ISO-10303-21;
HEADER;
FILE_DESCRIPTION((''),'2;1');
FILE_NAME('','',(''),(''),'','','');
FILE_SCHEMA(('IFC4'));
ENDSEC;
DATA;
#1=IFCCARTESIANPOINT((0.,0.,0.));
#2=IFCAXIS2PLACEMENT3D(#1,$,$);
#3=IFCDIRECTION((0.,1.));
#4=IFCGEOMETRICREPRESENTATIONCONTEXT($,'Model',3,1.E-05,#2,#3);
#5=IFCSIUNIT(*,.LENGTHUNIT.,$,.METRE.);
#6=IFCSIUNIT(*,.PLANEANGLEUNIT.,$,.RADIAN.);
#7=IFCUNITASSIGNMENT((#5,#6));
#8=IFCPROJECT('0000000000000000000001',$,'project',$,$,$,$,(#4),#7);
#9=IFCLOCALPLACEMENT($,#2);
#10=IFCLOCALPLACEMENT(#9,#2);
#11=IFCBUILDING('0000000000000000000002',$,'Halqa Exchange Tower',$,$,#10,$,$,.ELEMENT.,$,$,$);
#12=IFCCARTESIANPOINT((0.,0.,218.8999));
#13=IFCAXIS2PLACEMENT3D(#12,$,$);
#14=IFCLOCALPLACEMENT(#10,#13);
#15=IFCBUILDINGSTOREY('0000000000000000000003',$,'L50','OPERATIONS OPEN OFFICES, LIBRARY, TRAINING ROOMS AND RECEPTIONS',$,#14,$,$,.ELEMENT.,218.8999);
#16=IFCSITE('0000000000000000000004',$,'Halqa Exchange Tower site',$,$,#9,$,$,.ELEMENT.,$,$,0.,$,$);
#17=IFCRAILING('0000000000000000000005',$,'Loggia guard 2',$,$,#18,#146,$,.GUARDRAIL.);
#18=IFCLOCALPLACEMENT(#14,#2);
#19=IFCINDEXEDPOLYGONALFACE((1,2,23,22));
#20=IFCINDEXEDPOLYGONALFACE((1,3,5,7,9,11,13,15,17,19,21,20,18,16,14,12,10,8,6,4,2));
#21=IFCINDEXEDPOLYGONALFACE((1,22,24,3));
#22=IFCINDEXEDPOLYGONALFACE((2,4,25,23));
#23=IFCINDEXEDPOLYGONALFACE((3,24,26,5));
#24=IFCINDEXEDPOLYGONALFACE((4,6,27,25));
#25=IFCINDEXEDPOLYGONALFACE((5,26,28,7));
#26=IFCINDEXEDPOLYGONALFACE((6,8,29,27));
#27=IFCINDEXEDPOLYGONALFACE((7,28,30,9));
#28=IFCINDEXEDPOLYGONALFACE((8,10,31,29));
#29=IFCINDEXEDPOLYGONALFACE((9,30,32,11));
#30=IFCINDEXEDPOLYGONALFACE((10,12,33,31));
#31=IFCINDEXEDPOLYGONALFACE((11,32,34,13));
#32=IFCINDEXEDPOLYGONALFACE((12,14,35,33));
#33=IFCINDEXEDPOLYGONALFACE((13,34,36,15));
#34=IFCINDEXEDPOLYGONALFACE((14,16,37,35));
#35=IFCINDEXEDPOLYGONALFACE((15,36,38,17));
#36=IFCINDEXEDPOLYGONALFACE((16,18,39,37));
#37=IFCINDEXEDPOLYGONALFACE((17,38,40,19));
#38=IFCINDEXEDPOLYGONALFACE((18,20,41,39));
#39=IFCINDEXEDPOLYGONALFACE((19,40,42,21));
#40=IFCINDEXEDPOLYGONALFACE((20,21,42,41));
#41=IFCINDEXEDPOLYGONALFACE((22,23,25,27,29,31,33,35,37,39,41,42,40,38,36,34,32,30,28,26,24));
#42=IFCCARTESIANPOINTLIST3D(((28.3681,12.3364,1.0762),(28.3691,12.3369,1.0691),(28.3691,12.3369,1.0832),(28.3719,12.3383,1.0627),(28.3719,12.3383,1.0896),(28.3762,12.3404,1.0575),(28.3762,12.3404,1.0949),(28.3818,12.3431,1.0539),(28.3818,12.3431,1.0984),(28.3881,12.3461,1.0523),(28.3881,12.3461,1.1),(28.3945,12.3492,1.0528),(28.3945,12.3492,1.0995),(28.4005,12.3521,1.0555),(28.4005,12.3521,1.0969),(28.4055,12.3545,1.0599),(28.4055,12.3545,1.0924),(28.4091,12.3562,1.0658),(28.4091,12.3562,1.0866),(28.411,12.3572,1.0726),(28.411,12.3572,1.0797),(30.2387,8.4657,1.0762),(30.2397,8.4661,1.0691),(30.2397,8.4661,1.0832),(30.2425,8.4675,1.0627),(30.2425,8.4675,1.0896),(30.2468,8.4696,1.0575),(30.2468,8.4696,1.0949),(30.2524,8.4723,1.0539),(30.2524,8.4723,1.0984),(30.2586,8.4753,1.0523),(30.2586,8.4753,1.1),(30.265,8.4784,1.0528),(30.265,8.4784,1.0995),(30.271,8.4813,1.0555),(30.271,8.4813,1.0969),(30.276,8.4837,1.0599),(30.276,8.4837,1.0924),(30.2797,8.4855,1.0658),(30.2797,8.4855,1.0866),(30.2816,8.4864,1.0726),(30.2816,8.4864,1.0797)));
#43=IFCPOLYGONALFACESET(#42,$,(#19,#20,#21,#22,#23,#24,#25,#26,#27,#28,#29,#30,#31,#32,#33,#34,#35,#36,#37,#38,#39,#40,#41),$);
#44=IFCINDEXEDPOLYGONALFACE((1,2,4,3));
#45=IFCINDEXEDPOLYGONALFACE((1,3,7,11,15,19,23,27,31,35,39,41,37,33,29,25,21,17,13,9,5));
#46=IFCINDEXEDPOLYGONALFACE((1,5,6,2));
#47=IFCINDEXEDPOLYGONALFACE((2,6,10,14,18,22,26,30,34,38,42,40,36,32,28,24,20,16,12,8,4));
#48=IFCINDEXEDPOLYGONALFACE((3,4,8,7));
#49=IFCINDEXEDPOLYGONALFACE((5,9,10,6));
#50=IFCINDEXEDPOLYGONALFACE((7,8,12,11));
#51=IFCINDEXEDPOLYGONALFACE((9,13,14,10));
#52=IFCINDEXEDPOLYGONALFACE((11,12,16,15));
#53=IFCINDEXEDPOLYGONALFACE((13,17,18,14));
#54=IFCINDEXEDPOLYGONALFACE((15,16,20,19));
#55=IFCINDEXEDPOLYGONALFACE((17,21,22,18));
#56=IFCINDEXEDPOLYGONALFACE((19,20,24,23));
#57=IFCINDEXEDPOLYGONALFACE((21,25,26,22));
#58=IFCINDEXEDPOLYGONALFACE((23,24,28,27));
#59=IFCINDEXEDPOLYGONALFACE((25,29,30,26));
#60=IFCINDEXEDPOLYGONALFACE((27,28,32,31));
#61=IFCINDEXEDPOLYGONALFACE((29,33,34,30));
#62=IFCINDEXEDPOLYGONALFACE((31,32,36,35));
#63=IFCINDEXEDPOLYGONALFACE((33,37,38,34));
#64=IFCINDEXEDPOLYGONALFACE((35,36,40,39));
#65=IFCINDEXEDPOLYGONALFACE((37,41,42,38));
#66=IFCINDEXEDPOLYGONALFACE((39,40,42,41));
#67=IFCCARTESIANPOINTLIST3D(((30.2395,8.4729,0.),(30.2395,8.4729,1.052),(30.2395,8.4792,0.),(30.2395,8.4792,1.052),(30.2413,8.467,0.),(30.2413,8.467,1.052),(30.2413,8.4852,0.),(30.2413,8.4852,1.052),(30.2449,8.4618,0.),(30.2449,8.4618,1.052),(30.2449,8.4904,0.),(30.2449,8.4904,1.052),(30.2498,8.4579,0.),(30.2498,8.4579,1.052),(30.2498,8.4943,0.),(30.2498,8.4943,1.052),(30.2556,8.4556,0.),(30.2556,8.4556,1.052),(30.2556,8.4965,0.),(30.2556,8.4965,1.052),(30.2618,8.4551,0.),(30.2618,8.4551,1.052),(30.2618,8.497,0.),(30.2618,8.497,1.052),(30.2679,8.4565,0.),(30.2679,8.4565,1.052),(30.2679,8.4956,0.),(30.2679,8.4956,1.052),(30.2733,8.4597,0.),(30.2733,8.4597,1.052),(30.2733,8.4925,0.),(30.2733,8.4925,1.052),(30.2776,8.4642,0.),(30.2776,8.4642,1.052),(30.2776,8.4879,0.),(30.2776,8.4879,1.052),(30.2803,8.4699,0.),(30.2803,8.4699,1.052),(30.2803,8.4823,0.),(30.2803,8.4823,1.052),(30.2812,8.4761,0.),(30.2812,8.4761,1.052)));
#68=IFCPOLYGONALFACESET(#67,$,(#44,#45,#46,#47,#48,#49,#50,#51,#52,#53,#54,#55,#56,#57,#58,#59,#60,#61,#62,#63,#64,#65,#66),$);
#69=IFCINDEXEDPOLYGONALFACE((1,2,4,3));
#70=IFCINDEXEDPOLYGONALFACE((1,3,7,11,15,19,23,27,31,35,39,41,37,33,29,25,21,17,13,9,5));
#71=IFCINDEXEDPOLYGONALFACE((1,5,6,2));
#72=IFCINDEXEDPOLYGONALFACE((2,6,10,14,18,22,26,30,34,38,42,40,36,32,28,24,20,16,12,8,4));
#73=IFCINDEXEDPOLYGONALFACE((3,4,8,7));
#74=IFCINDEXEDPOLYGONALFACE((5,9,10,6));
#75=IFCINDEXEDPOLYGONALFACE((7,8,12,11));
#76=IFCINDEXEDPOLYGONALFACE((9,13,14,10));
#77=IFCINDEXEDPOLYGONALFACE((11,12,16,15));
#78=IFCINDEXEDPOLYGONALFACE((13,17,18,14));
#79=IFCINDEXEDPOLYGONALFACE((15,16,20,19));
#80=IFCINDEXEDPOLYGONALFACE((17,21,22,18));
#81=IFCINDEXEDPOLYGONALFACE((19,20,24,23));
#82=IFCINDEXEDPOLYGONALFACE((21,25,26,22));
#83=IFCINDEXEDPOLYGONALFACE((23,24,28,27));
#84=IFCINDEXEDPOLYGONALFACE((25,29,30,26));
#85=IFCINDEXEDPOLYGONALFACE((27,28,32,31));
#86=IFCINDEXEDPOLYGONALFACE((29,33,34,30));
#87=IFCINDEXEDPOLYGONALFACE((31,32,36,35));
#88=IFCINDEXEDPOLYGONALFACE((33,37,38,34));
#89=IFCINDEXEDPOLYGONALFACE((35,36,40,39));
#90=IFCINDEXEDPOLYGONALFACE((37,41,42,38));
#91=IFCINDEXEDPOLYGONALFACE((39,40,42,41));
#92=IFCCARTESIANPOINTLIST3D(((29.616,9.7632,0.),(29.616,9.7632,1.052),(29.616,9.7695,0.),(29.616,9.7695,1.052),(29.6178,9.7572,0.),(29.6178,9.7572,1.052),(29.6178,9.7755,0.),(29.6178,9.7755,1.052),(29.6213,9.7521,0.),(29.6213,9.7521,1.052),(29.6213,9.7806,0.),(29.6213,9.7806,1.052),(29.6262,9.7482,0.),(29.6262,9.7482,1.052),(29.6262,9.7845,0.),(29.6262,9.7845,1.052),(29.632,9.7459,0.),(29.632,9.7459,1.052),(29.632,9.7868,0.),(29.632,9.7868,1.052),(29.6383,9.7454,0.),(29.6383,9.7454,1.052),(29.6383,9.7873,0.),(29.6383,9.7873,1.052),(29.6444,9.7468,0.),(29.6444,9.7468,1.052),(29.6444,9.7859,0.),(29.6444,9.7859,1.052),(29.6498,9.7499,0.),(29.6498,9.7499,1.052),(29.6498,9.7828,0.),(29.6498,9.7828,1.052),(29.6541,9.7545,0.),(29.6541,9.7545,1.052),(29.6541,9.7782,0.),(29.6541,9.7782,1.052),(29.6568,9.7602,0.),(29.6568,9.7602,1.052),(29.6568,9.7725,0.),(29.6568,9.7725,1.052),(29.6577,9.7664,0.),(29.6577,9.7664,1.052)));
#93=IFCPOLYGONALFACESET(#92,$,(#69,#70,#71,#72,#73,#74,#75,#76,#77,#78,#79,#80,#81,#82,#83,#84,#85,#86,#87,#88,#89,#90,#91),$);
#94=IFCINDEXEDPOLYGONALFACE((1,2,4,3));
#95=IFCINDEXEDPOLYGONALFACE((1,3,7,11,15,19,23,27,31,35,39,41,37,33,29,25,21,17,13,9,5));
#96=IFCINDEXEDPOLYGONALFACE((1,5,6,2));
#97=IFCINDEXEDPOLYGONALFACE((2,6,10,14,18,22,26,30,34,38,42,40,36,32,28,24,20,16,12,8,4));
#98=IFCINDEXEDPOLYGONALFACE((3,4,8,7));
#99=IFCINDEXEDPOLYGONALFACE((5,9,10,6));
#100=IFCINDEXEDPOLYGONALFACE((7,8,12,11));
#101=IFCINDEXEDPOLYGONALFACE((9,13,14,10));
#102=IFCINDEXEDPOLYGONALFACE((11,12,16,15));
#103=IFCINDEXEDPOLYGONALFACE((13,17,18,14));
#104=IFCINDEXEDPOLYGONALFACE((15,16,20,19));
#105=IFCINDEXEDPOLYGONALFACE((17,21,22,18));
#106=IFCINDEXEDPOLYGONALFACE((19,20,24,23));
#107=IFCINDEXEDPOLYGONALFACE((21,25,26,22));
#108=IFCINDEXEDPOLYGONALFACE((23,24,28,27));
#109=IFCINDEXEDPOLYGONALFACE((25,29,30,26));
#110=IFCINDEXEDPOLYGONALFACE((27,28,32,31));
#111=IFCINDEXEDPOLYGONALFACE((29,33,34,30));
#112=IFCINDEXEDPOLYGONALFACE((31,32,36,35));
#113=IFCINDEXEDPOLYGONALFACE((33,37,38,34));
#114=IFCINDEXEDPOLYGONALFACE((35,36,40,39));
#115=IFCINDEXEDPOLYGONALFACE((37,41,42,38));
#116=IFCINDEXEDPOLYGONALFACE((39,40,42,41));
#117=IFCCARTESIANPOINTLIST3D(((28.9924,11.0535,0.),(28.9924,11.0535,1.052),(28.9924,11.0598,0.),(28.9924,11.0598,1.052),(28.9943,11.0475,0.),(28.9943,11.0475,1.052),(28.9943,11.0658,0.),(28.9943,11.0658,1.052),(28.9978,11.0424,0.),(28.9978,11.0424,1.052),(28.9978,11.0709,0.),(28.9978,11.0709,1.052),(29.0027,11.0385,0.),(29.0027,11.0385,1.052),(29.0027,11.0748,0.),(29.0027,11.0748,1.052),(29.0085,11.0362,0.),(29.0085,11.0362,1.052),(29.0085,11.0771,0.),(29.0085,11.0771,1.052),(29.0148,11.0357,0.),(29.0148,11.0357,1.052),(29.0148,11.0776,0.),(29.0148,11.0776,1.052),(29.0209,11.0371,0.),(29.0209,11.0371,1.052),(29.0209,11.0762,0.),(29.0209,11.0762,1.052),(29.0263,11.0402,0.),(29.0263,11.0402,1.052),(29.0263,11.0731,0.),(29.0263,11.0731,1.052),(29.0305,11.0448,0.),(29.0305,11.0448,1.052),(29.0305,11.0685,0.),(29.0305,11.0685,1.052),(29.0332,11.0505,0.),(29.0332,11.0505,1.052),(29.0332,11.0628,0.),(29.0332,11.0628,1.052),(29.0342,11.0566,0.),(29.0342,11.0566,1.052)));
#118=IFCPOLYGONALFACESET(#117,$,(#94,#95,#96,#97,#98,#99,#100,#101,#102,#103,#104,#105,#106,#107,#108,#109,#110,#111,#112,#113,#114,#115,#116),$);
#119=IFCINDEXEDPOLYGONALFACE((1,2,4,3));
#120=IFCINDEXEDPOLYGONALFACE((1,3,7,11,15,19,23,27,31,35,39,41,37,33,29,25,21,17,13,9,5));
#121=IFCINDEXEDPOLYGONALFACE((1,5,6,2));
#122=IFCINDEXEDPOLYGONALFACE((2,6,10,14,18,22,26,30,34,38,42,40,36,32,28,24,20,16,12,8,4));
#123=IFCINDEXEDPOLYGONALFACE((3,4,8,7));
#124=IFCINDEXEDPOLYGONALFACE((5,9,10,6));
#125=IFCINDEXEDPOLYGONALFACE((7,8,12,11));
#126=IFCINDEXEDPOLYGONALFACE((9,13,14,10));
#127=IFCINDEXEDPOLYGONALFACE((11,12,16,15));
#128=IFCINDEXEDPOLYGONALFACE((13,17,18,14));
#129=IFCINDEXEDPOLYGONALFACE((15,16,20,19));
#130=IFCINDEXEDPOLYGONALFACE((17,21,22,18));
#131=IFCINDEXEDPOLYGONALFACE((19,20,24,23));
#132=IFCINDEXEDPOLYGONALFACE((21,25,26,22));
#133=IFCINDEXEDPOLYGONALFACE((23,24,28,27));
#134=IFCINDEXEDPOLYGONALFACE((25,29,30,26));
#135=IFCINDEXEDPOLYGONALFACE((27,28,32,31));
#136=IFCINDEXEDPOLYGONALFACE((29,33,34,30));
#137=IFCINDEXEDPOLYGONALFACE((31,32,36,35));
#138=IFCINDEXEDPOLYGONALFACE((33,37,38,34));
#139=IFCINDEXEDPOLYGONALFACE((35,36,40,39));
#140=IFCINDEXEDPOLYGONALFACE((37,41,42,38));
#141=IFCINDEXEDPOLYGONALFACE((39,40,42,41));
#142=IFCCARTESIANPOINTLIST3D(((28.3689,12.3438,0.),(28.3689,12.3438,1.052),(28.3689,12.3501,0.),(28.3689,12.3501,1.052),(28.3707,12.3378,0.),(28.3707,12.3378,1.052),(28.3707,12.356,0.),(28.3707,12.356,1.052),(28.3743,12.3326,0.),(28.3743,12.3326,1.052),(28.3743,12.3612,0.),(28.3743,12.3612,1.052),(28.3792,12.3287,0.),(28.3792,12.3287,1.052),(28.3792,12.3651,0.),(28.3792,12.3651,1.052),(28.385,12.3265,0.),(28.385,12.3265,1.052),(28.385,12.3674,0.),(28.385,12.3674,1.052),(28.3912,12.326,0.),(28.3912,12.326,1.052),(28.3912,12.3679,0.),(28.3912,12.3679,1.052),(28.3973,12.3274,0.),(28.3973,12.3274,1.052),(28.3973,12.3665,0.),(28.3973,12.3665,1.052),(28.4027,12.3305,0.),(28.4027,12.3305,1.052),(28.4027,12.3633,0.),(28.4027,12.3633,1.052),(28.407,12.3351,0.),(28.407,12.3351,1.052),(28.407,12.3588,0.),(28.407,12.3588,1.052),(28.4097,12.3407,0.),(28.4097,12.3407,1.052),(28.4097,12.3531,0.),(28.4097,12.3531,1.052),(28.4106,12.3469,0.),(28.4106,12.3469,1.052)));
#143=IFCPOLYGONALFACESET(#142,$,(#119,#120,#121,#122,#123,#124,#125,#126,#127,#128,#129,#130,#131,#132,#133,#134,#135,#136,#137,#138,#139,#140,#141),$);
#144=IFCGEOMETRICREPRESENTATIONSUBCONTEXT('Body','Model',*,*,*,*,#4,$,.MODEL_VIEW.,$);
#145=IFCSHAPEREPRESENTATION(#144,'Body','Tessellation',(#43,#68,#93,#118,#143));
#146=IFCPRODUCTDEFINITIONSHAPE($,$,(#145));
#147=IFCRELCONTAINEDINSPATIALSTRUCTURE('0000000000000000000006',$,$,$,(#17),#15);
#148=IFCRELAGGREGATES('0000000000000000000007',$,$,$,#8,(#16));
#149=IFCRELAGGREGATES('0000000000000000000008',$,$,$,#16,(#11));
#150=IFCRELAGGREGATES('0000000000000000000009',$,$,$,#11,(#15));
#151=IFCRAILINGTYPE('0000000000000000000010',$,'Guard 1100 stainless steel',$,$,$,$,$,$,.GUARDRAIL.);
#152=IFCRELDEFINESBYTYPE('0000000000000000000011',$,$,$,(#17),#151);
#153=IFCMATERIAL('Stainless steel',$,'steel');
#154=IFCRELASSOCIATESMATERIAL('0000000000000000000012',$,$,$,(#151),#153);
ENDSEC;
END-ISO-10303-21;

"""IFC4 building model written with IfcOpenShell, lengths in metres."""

from ifc_helpers import new_model, si_unit, direction, frame, origin, origin_2d, place, context, subcontext, project, spatial, circle, extrude, material, type_object, element, save


model = new_model("IFC4")

# Units and contexts
model_context = context("Model", 3, precision=1e-05, world=origin(), true_north=direction((0.0, 1.0)))
body_context = subcontext(model_context, "Body", "Model", "MODEL_VIEW")
ifc_project = project(units=[si_unit("LENGTHUNIT", "METRE"), si_unit("PLANEANGLEUNIT", "RADIAN")], contexts=[model_context])

# Site, building, storey
site_placement = place(None, origin())
site = spatial("IfcSite", under=ifc_project, at=site_placement, Name="Halqa Exchange Tower site", CompositionType="ELEMENT", RefElevation=0.0)
building_placement = place(site_placement, origin())
building = spatial("IfcBuilding", under=site, at=building_placement, Name="Halqa Exchange Tower", CompositionType="ELEMENT")
storey_placement = place(building_placement, frame((0.0, 0.0, 218.8999)))
storey = spatial("IfcBuildingStorey", under=building, at=storey_placement, Name="L50", Description="OPERATIONS OPEN OFFICES, LIBRARY, TRAINING ROOMS AND RECEPTIONS", CompositionType="ELEMENT", Elevation=218.8999)

# Railing
ifc_material_1 = material(Name="Stainless steel", Category="steel")
railing_type = type_object("IfcRailingType", Name="Guard 1100 stainless steel", PredefinedType="GUARDRAIL", material=ifc_material_1)
railing_1_placement = place(storey_placement, frame((30.2603, 8.4761, 0.0)))
element("IfcRailing", 1, at=railing_1_placement, inside=storey, type_object=railing_type, Name="Loggia guard 2", PredefinedType="GUARDRAIL", context=body_context, shape_type="SweptSolid", body=[
    extrude(circle(Radius=0.0239, at=origin_2d()), frame((0.0, 0.0, 1.0762), z_axis=(-0.435111, 0.900377, 0.0), x_axis=(-0.900377, -0.435111, 0.0)), (0.0, 0.0, 1.0), 4.2991),
    extrude(circle(Radius=0.021, at=origin_2d()), origin(), (0.0, 0.0, 1.0), 1.052),
    extrude(circle(Radius=0.021, at=origin_2d()), frame((-0.6235, 1.2903, 0.0)), (0.0, 0.0, 1.0), 1.052),
    extrude(circle(Radius=0.021, at=origin_2d()), frame((-1.2471, 2.5806, 0.0)), (0.0, 0.0, 1.0), 1.052),
    extrude(circle(Radius=0.021, at=origin_2d()), frame((-1.8706, 3.8708, 0.0)), (0.0, 0.0, 1.0), 1.052),
])

save(model, "model.ifc")
